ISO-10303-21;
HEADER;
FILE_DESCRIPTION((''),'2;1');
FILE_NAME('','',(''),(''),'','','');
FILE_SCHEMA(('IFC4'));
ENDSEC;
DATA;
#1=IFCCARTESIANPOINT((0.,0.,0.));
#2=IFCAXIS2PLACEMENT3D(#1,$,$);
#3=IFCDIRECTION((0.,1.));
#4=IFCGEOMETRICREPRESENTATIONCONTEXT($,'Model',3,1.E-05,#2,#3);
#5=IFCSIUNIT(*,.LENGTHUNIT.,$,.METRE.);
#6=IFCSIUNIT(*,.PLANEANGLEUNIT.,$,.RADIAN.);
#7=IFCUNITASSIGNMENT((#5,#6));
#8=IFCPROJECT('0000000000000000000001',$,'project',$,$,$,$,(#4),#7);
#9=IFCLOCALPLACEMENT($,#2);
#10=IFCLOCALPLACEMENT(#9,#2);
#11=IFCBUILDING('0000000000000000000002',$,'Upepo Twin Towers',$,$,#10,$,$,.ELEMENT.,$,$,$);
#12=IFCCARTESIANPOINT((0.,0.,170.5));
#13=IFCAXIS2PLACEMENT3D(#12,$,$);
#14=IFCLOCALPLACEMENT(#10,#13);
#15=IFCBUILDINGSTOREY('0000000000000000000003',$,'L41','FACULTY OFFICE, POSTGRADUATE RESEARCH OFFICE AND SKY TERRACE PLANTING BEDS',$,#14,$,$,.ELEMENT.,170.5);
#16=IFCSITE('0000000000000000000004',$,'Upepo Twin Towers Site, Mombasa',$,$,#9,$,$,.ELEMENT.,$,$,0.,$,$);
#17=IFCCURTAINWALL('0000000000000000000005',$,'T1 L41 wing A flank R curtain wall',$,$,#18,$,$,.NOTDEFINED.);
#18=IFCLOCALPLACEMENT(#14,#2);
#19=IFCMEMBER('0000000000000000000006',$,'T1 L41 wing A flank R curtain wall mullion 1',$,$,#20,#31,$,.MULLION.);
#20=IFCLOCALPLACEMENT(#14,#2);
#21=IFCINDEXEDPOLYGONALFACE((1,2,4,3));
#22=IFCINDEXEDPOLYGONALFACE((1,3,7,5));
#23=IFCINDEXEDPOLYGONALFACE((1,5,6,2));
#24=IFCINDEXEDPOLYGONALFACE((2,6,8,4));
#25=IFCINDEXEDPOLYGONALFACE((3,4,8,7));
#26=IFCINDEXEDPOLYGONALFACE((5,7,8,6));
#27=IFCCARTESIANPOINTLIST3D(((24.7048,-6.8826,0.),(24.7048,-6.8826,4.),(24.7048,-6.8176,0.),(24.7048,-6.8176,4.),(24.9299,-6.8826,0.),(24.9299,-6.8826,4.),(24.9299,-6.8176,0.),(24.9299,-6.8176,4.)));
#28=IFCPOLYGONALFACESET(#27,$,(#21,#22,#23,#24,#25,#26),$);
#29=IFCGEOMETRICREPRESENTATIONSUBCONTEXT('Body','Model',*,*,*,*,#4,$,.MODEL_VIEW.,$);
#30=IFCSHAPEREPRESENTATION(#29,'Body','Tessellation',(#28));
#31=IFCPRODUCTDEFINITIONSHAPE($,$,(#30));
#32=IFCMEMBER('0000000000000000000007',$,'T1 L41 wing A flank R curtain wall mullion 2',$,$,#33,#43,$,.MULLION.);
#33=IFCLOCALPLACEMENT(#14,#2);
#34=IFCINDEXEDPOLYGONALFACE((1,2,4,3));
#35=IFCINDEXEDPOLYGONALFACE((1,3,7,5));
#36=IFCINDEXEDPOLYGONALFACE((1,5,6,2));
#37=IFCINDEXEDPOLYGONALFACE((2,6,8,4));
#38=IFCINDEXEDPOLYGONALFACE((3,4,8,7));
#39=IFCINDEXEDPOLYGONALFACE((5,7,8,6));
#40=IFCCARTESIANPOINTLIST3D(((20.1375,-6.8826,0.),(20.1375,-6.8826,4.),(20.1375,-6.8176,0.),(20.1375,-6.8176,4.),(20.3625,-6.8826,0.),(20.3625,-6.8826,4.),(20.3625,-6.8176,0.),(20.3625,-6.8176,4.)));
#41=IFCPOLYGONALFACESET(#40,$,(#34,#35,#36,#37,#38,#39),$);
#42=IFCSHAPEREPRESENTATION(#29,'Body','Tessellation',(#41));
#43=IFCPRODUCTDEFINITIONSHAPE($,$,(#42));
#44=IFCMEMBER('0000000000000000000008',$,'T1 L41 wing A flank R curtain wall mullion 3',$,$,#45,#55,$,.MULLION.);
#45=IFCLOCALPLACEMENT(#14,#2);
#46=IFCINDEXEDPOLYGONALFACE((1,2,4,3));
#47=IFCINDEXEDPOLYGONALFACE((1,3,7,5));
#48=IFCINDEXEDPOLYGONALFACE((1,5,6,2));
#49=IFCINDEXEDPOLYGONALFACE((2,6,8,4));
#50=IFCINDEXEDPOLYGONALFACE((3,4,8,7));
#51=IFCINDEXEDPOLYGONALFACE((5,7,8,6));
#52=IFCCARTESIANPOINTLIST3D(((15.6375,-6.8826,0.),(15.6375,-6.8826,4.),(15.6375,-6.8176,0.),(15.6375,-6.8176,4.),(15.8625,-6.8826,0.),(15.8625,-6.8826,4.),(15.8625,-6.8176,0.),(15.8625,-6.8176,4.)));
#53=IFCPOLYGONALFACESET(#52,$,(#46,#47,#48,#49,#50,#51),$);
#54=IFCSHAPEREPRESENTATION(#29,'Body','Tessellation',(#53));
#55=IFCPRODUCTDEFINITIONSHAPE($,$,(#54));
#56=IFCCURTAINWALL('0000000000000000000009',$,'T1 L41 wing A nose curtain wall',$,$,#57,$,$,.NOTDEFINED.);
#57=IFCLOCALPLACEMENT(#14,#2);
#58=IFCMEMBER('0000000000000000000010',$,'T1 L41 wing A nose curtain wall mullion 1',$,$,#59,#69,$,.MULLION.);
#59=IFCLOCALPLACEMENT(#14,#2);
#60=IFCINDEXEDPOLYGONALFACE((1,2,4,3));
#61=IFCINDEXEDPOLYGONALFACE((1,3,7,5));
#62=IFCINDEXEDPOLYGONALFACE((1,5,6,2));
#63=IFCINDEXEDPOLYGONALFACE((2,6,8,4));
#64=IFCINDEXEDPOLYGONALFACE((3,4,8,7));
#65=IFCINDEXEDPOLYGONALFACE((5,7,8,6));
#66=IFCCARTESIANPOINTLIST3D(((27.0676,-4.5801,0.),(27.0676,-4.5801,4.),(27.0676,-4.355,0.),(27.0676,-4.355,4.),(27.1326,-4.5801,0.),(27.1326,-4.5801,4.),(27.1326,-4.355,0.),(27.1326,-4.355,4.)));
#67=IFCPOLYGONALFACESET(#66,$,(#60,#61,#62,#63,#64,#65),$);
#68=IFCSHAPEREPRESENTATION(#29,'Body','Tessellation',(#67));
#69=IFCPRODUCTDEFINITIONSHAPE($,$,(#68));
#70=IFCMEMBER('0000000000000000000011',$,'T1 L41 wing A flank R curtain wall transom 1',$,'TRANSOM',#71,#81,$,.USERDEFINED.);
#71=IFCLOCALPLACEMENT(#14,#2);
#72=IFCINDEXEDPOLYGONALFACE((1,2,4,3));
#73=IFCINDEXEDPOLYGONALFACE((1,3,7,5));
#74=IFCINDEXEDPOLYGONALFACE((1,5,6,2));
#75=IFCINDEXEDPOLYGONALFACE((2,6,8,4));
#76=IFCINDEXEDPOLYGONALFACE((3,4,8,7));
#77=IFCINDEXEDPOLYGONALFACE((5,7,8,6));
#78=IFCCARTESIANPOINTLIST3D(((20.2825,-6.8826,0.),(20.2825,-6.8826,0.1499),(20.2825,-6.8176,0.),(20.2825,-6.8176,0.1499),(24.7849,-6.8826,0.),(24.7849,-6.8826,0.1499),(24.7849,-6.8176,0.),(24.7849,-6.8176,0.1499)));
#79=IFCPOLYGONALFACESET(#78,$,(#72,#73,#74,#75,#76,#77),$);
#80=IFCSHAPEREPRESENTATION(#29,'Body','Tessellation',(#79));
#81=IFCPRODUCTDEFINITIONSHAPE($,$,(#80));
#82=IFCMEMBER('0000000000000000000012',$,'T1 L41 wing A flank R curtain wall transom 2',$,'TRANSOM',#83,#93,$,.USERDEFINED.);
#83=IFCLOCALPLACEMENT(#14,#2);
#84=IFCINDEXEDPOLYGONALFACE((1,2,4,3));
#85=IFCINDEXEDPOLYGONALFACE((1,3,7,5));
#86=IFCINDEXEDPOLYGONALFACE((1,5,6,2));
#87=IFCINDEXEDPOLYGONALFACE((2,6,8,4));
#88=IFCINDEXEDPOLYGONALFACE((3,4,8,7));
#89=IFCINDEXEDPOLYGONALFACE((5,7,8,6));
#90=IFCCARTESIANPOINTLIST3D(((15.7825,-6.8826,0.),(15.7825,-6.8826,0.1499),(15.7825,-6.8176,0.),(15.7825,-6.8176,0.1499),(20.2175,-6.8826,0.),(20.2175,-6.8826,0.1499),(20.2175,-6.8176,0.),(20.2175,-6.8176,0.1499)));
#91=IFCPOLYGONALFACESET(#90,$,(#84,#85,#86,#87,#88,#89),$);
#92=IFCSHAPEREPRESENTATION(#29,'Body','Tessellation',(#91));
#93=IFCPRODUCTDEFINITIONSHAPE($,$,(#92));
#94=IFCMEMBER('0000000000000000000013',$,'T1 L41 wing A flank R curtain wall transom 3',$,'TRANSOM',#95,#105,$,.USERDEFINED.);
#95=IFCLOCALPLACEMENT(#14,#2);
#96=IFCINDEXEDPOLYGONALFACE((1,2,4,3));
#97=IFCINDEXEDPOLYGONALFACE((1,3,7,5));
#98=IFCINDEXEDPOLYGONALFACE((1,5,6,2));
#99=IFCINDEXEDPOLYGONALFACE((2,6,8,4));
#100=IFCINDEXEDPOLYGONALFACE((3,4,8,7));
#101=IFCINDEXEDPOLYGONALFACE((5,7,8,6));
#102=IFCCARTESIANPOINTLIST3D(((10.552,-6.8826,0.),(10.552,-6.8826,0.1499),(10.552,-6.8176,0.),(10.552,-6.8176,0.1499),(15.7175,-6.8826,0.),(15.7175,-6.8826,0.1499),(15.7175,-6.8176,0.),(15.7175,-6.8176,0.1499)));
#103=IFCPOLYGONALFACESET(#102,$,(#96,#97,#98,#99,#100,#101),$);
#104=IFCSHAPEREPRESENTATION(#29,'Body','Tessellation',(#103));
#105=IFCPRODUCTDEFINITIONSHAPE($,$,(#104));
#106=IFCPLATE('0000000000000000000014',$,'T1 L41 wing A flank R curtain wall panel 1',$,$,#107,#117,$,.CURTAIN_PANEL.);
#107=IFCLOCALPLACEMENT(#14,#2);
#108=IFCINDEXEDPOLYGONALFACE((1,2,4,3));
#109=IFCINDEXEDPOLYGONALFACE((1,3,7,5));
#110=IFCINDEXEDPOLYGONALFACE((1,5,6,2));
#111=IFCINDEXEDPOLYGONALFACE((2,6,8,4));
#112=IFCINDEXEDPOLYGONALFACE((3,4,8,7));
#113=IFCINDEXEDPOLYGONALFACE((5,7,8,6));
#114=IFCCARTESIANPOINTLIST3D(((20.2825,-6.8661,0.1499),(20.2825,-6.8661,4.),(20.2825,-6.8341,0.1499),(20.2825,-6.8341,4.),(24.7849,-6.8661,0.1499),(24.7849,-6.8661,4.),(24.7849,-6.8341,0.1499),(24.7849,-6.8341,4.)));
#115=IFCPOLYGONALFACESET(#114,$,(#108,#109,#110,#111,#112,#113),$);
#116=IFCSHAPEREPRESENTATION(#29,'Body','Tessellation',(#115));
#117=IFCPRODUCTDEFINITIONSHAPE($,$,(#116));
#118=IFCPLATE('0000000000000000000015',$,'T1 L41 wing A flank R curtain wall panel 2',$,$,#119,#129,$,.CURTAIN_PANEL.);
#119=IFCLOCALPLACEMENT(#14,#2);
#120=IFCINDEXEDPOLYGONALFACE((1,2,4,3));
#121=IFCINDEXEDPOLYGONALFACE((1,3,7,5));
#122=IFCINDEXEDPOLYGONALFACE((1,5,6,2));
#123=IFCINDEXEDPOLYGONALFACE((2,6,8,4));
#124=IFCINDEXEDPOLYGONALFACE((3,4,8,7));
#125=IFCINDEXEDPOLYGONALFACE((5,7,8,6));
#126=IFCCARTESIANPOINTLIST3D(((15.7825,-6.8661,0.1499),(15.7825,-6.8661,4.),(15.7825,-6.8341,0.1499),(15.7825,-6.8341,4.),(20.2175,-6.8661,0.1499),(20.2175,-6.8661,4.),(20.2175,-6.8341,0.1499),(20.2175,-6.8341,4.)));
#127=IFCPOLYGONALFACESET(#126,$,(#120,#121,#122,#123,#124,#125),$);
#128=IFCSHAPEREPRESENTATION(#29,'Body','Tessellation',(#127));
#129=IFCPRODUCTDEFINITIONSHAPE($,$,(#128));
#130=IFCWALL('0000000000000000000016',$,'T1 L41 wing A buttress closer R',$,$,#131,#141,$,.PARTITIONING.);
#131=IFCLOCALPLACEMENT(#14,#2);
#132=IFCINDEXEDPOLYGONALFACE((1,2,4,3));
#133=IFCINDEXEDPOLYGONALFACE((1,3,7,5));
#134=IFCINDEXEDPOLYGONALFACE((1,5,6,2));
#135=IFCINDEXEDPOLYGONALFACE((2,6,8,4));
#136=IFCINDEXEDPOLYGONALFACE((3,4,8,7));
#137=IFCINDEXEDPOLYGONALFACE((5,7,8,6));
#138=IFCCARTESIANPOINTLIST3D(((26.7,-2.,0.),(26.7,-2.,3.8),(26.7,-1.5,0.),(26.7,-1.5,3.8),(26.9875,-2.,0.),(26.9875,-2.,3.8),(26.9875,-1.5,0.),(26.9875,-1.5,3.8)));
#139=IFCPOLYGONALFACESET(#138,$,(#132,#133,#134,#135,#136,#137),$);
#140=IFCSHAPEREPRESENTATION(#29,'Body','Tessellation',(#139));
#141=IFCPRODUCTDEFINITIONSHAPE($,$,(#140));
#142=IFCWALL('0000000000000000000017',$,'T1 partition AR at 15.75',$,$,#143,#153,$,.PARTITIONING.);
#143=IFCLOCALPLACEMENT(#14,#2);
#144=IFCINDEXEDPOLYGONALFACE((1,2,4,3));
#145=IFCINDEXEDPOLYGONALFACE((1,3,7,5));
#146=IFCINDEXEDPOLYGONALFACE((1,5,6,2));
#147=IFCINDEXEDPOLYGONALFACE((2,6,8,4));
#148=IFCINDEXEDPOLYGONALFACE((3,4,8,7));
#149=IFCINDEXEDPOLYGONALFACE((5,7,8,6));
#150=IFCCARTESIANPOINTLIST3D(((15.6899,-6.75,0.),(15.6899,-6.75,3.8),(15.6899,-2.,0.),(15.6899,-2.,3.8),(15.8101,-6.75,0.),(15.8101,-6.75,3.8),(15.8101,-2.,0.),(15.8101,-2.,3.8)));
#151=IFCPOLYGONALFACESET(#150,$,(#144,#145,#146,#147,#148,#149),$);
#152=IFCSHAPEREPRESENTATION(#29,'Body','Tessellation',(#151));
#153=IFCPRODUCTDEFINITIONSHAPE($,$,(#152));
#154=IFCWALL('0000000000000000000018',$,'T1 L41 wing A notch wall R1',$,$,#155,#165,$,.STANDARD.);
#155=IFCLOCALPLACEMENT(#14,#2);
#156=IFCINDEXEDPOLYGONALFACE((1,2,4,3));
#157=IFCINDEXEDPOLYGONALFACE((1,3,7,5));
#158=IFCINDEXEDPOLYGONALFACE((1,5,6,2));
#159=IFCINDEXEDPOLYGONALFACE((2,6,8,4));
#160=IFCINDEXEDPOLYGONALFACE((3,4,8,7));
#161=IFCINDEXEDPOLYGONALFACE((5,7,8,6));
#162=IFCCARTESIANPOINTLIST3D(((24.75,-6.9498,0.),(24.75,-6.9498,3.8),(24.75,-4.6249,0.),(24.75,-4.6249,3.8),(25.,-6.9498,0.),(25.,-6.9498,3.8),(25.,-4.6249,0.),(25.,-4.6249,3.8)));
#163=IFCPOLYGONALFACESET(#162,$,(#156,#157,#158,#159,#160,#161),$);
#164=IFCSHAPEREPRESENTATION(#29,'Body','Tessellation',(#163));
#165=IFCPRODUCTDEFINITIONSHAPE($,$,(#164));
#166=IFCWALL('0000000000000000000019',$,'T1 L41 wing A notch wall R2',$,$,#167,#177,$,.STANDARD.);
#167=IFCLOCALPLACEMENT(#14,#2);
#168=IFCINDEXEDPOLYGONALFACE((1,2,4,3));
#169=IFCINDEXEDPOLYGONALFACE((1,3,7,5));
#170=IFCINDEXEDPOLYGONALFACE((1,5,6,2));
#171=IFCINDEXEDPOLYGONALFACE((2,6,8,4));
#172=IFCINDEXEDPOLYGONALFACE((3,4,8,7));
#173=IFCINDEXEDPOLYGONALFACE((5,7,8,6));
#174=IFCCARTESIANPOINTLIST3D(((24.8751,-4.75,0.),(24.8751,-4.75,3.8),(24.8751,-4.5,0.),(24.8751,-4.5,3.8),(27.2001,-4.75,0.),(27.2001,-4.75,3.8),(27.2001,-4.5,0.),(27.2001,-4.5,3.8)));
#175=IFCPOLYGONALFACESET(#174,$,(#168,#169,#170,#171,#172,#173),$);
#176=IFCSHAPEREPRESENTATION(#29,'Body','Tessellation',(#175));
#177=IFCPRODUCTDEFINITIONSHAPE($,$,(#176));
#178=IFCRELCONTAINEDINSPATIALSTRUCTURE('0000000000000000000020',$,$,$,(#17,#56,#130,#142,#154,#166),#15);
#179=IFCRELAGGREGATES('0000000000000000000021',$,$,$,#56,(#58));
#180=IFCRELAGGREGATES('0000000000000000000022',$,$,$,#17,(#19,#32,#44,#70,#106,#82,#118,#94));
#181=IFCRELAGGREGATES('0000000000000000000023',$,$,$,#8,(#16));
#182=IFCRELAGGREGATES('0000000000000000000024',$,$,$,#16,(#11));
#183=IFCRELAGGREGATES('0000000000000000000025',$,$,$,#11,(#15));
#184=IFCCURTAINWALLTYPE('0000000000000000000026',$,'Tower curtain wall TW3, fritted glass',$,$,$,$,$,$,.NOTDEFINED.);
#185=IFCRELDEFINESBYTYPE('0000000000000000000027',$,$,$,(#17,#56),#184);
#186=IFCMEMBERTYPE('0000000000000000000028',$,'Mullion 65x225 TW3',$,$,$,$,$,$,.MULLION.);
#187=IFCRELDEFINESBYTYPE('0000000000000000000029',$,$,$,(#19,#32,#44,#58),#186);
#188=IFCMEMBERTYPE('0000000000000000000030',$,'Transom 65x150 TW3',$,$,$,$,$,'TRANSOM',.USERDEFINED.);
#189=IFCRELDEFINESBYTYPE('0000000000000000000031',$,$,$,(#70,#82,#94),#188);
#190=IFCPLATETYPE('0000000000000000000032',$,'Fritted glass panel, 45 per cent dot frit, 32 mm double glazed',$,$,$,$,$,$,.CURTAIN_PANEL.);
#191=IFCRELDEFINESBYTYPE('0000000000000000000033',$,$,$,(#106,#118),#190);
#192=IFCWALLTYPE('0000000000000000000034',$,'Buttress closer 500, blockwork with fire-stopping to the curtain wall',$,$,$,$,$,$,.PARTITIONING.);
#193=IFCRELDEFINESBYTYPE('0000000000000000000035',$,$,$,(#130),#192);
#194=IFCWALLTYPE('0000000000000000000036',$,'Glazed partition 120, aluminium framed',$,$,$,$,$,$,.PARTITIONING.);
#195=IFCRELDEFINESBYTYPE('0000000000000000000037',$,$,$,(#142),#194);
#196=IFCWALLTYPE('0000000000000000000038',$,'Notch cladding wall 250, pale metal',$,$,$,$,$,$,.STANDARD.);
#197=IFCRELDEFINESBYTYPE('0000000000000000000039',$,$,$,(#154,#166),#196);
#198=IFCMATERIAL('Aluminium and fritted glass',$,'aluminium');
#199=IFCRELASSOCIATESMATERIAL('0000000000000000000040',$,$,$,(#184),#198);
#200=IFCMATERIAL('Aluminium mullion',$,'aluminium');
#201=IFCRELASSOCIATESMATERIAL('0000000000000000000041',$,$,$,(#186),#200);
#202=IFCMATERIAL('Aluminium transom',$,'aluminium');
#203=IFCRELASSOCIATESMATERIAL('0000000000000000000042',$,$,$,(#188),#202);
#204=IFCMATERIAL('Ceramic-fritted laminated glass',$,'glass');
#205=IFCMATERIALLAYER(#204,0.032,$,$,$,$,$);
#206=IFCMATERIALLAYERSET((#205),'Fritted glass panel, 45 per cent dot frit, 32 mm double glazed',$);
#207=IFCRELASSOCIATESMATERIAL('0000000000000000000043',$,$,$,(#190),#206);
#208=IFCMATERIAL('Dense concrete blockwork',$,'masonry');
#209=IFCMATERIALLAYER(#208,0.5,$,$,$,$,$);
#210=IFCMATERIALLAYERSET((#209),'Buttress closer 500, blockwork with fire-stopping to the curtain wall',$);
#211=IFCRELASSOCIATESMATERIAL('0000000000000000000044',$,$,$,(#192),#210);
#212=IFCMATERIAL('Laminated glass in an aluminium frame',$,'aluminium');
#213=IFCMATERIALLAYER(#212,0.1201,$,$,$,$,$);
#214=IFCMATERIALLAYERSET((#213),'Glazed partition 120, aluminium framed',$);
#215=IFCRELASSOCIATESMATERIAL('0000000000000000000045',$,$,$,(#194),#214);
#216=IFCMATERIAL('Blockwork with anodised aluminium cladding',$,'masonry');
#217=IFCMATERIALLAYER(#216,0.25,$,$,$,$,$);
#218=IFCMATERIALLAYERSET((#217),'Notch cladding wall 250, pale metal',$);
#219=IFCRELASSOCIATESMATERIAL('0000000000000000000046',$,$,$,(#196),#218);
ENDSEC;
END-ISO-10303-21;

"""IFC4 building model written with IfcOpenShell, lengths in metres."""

from ifc_helpers import new_model, si_unit, direction, frame, frame_2d, origin, origin_2d, place, context, subcontext, project, spatial, rectangle, extrude, material, layer, layer_set, material_profile, profile_set, type_object, element, aggregate, save


model = new_model("IFC4")

# Units and contexts
model_context = context("Model", 3, precision=1e-05, world=origin(), true_north=direction((0.0, 1.0)))
body_context = subcontext(model_context, "Body", "Model", "MODEL_VIEW")
ifc_project = project(units=[si_unit("LENGTHUNIT", "METRE"), si_unit("PLANEANGLEUNIT", "RADIAN")], contexts=[model_context])

# Site, building, storey
site_placement = place(None, origin())
site = spatial("IfcSite", under=ifc_project, at=site_placement, Name="Upepo Twin Towers Site, Mombasa", CompositionType="ELEMENT", RefElevation=0.0)
building_placement = place(site_placement, origin())
building = spatial("IfcBuilding", under=site, at=building_placement, Name="Upepo Twin Towers", CompositionType="ELEMENT")
storey_placement = place(building_placement, frame((0.0, 0.0, 170.5)))
storey = spatial("IfcBuildingStorey", under=building, at=storey_placement, Name="L41", Description="FACULTY OFFICE, POSTGRADUATE RESEARCH OFFICE AND SKY TERRACE PLANTING BEDS", CompositionType="ELEMENT", Elevation=170.5)

# Curtain wall, members
ifc_material_1 = material(Name="Aluminium and fritted glass", Category="aluminium")
curtain_wall_type = type_object("IfcCurtainWallType", Name="Tower curtain wall TW3, fritted glass", PredefinedType="NOTDEFINED", material=ifc_material_1)
curtain_wall_1_placement = place(storey_placement, origin())
curtain_wall_1 = element("IfcCurtainWall", 1, at=curtain_wall_1_placement, inside=storey, type_object=curtain_wall_type, Name="T1 L41 wing A flank R curtain wall", PredefinedType="NOTDEFINED")
ifc_material_2 = material(Name="Aluminium mullion", Category="aluminium")
ifc_material_profile_1 = material_profile(ifc_material_2, rectangle(XDim=0.0649, YDim=0.2251, at=origin_2d()), Name="MULLION 65x225")
ifc_profile_set_1 = profile_set([ifc_material_profile_1], Name="Aluminium mullion")
member_type_1 = type_object("IfcMemberType", Name="Mullion 65x225 TW3", PredefinedType="MULLION", material=ifc_profile_set_1)
member_1_placement = place(storey_placement, frame((24.8174, -6.8501, 0.0), z_axis=(0.0, 0.0, 1.0), x_axis=(0.0, -1.0, 0.0)))
member_1 = element("IfcMember", 2, at=member_1_placement, type_object=member_type_1, Name="T1 L41 wing A flank R curtain wall mullion 1", PredefinedType="MULLION", context=body_context, shape_type="SweptSolid", body=[
    extrude(rectangle(XDim=0.0649, YDim=0.2251, at=origin_2d()), origin(), (0.0, 0.0, 1.0), 4.0),
])
member_2_placement = place(storey_placement, frame((20.25, -6.8501, 0.0), z_axis=(0.0, 0.0, 1.0), x_axis=(0.0, -1.0, 0.0)))
member_2 = element("IfcMember", 3, at=member_2_placement, type_object=member_type_1, Name="T1 L41 wing A flank R curtain wall mullion 2", PredefinedType="MULLION", context=body_context, shape_type="SweptSolid", body=[
    extrude(rectangle(XDim=0.0649, YDim=0.2251, at=origin_2d()), origin(), (0.0, 0.0, 1.0), 4.0),
])
member_3_placement = place(storey_placement, frame((15.75, -6.8501, 0.0), z_axis=(0.0, 0.0, 1.0), x_axis=(0.0, -1.0, 0.0)))
member_3 = element("IfcMember", 4, at=member_3_placement, type_object=member_type_1, Name="T1 L41 wing A flank R curtain wall mullion 3", PredefinedType="MULLION", context=body_context, shape_type="SweptSolid", body=[
    extrude(rectangle(XDim=0.0649, YDim=0.2251, at=origin_2d()), origin(), (0.0, 0.0, 1.0), 4.0),
])

# Curtain wall, member
curtain_wall_2_placement = place(storey_placement, origin())
curtain_wall_2 = element("IfcCurtainWall", 5, at=curtain_wall_2_placement, inside=storey, type_object=curtain_wall_type, Name="T1 L41 wing A nose curtain wall", PredefinedType="NOTDEFINED")
member_4_placement = place(storey_placement, frame((27.1001, -4.4675, 0.0), z_axis=(0.0, 0.0, 1.0), x_axis=(-1.0, 0.0, 0.0)))
member_4 = element("IfcMember", 6, at=member_4_placement, type_object=member_type_1, Name="T1 L41 wing A nose curtain wall mullion 1", PredefinedType="MULLION", context=body_context, shape_type="SweptSolid", body=[
    extrude(rectangle(XDim=0.0649, YDim=0.2251, at=origin_2d()), origin(), (0.0, 0.0, 1.0), 4.0),
])
aggregate(curtain_wall_2, [member_4])

# Members
ifc_material_3 = material(Name="Aluminium transom", Category="aluminium")
ifc_material_profile_2 = material_profile(ifc_material_3, rectangle(XDim=0.0649, YDim=0.1499, at=origin_2d()), Name="TRANSOM 65x150")
ifc_profile_set_2 = profile_set([ifc_material_profile_2], Name="Aluminium transom")
member_type_2 = type_object("IfcMemberType", Name="Transom 65x150 TW3", ElementType="TRANSOM", PredefinedType="USERDEFINED", material=ifc_profile_set_2)
member_5_placement = place(storey_placement, frame((24.7849, -6.8501, 0.075), z_axis=(-1.0, 0.0, 0.0), x_axis=(0.0, -1.0, 0.0)))
member_5 = element("IfcMember", 7, at=member_5_placement, type_object=member_type_2, Name="T1 L41 wing A flank R curtain wall transom 1", ObjectType="TRANSOM", PredefinedType="USERDEFINED", context=body_context, shape_type="SweptSolid", body=[
    extrude(rectangle(XDim=0.0649, YDim=0.1499, at=origin_2d()), origin(), (0.0, 0.0, 1.0), 4.5024),
])
member_6_placement = place(storey_placement, frame((20.2175, -6.8501, 0.075), z_axis=(-1.0, 0.0, 0.0), x_axis=(0.0, -1.0, 0.0)))
member_6 = element("IfcMember", 8, at=member_6_placement, type_object=member_type_2, Name="T1 L41 wing A flank R curtain wall transom 2", ObjectType="TRANSOM", PredefinedType="USERDEFINED", context=body_context, shape_type="SweptSolid", body=[
    extrude(rectangle(XDim=0.0649, YDim=0.1499, at=origin_2d()), origin(), (0.0, 0.0, 1.0), 4.4351),
])
member_7_placement = place(storey_placement, frame((15.7175, -6.8501, 0.075), z_axis=(-1.0, 0.0, 0.0), x_axis=(0.0, -1.0, 0.0)))
member_7 = element("IfcMember", 9, at=member_7_placement, type_object=member_type_2, Name="T1 L41 wing A flank R curtain wall transom 3", ObjectType="TRANSOM", PredefinedType="USERDEFINED", context=body_context, shape_type="SweptSolid", body=[
    extrude(rectangle(XDim=0.0649, YDim=0.1499, at=origin_2d()), origin(), (0.0, 0.0, 1.0), 5.1655),
])

# Plates
ifc_material_4 = material(Name="Ceramic-fritted laminated glass", Category="glass")
ifc_layer_1 = layer(ifc_material_4, 0.032)
ifc_layer_set_1 = layer_set([ifc_layer_1], Name="Fritted glass panel, 45 per cent dot frit, 32 mm double glazed")
plate_type = type_object("IfcPlateType", Name="Fritted glass panel, 45 per cent dot frit, 32 mm double glazed", PredefinedType="CURTAIN_PANEL", material=ifc_layer_set_1)
plate_1_placement = place(storey_placement, frame((22.5337, -6.8501, 0.1499), z_axis=(0.0, 0.0, 1.0), x_axis=(-1.0, 0.0, 0.0)))
plate_1 = element("IfcPlate", 10, at=plate_1_placement, type_object=plate_type, Name="T1 L41 wing A flank R curtain wall panel 1", PredefinedType="CURTAIN_PANEL", context=body_context, shape_type="SweptSolid", body=[
    extrude(rectangle(XDim=4.5024, YDim=0.032, at=origin_2d()), origin(), (0.0, 0.0, 1.0), 3.8501),
])
plate_2_placement = place(storey_placement, frame((18.0, -6.8501, 0.1499), z_axis=(0.0, 0.0, 1.0), x_axis=(-1.0, 0.0, 0.0)))
plate_2 = element("IfcPlate", 11, at=plate_2_placement, type_object=plate_type, Name="T1 L41 wing A flank R curtain wall panel 2", PredefinedType="CURTAIN_PANEL", context=body_context, shape_type="SweptSolid", body=[
    extrude(rectangle(XDim=4.4351, YDim=0.032, at=origin_2d()), origin(), (0.0, 0.0, 1.0), 3.8501),
])
aggregate(curtain_wall_1, [member_1, member_2, member_3, member_5, plate_1, member_6, plate_2, member_7])

# Walls
ifc_material_5 = material(Name="Dense concrete blockwork", Category="masonry")
ifc_layer_2 = layer(ifc_material_5, 0.5)
ifc_layer_set_2 = layer_set([ifc_layer_2], Name="Buttress closer 500, blockwork with fire-stopping to the curtain wall")
wall_type_1 = type_object("IfcWallType", Name="Buttress closer 500, blockwork with fire-stopping to the curtain wall", PredefinedType="PARTITIONING", material=ifc_layer_set_2)
wall_1_placement = place(storey_placement, frame((26.7, -1.75, 0.0), z_axis=(0.0, 0.0, 1.0), x_axis=(1.0, 0.0, 0.0)))
element("IfcWall", 12, at=wall_1_placement, inside=storey, type_object=wall_type_1, Name="T1 L41 wing A buttress closer R", PredefinedType="PARTITIONING", context=body_context, shape_type="SweptSolid", body=[
    extrude(rectangle(XDim=0.2876, YDim=0.5, at=frame_2d((0.1438, 0.0))), origin(), (0.0, 0.0, 1.0), 3.8),
])
ifc_material_6 = material(Name="Laminated glass in an aluminium frame", Category="aluminium")
ifc_layer_3 = layer(ifc_material_6, 0.1201)
ifc_layer_set_3 = layer_set([ifc_layer_3], Name="Glazed partition 120, aluminium framed")
wall_type_2 = type_object("IfcWallType", Name="Glazed partition 120, aluminium framed", PredefinedType="PARTITIONING", material=ifc_layer_set_3)
wall_2_placement = place(storey_placement, frame((15.75, -2.0, 0.0), z_axis=(0.0, 0.0, 1.0), x_axis=(0.0, -1.0, 0.0)))
element("IfcWall", 13, at=wall_2_placement, inside=storey, type_object=wall_type_2, Name="T1 partition AR at 15.75", PredefinedType="PARTITIONING", context=body_context, shape_type="SweptSolid", body=[
    extrude(rectangle(XDim=4.75, YDim=0.1201, at=frame_2d((2.375, 0.0))), origin(), (0.0, 0.0, 1.0), 3.8),
])
ifc_material_7 = material(Name="Blockwork with anodised aluminium cladding", Category="masonry")
ifc_layer_4 = layer(ifc_material_7, 0.25)
ifc_layer_set_4 = layer_set([ifc_layer_4], Name="Notch cladding wall 250, pale metal")
wall_type_3 = type_object("IfcWallType", Name="Notch cladding wall 250, pale metal", PredefinedType="STANDARD", material=ifc_layer_set_4)
for number, where, z_axis, x_axis, name in (
    (14, (24.875, -6.95, 0.0), (0.0, 0.0, 1.0), (0.0, 1.0, 0.0), "T1 L41 wing A notch wall R1"),
    (15, (24.875, -4.625, 0.0), (0.0, 0.0, 1.0), (1.0, 0.0, 0.0), "T1 L41 wing A notch wall R2"),
):
    element("IfcWall", number, at=place(storey_placement, frame(where, z_axis=z_axis, x_axis=x_axis)), inside=storey, type_object=wall_type_3, Name=name, PredefinedType="STANDARD", context=body_context, shape_type="SweptSolid", body=[
        extrude(rectangle(XDim=2.325, YDim=0.25, at=frame_2d((1.1626, 0.0))), origin(), (0.0, 0.0, 1.0), 3.8),
    ])

save(model, "model.ifc")
